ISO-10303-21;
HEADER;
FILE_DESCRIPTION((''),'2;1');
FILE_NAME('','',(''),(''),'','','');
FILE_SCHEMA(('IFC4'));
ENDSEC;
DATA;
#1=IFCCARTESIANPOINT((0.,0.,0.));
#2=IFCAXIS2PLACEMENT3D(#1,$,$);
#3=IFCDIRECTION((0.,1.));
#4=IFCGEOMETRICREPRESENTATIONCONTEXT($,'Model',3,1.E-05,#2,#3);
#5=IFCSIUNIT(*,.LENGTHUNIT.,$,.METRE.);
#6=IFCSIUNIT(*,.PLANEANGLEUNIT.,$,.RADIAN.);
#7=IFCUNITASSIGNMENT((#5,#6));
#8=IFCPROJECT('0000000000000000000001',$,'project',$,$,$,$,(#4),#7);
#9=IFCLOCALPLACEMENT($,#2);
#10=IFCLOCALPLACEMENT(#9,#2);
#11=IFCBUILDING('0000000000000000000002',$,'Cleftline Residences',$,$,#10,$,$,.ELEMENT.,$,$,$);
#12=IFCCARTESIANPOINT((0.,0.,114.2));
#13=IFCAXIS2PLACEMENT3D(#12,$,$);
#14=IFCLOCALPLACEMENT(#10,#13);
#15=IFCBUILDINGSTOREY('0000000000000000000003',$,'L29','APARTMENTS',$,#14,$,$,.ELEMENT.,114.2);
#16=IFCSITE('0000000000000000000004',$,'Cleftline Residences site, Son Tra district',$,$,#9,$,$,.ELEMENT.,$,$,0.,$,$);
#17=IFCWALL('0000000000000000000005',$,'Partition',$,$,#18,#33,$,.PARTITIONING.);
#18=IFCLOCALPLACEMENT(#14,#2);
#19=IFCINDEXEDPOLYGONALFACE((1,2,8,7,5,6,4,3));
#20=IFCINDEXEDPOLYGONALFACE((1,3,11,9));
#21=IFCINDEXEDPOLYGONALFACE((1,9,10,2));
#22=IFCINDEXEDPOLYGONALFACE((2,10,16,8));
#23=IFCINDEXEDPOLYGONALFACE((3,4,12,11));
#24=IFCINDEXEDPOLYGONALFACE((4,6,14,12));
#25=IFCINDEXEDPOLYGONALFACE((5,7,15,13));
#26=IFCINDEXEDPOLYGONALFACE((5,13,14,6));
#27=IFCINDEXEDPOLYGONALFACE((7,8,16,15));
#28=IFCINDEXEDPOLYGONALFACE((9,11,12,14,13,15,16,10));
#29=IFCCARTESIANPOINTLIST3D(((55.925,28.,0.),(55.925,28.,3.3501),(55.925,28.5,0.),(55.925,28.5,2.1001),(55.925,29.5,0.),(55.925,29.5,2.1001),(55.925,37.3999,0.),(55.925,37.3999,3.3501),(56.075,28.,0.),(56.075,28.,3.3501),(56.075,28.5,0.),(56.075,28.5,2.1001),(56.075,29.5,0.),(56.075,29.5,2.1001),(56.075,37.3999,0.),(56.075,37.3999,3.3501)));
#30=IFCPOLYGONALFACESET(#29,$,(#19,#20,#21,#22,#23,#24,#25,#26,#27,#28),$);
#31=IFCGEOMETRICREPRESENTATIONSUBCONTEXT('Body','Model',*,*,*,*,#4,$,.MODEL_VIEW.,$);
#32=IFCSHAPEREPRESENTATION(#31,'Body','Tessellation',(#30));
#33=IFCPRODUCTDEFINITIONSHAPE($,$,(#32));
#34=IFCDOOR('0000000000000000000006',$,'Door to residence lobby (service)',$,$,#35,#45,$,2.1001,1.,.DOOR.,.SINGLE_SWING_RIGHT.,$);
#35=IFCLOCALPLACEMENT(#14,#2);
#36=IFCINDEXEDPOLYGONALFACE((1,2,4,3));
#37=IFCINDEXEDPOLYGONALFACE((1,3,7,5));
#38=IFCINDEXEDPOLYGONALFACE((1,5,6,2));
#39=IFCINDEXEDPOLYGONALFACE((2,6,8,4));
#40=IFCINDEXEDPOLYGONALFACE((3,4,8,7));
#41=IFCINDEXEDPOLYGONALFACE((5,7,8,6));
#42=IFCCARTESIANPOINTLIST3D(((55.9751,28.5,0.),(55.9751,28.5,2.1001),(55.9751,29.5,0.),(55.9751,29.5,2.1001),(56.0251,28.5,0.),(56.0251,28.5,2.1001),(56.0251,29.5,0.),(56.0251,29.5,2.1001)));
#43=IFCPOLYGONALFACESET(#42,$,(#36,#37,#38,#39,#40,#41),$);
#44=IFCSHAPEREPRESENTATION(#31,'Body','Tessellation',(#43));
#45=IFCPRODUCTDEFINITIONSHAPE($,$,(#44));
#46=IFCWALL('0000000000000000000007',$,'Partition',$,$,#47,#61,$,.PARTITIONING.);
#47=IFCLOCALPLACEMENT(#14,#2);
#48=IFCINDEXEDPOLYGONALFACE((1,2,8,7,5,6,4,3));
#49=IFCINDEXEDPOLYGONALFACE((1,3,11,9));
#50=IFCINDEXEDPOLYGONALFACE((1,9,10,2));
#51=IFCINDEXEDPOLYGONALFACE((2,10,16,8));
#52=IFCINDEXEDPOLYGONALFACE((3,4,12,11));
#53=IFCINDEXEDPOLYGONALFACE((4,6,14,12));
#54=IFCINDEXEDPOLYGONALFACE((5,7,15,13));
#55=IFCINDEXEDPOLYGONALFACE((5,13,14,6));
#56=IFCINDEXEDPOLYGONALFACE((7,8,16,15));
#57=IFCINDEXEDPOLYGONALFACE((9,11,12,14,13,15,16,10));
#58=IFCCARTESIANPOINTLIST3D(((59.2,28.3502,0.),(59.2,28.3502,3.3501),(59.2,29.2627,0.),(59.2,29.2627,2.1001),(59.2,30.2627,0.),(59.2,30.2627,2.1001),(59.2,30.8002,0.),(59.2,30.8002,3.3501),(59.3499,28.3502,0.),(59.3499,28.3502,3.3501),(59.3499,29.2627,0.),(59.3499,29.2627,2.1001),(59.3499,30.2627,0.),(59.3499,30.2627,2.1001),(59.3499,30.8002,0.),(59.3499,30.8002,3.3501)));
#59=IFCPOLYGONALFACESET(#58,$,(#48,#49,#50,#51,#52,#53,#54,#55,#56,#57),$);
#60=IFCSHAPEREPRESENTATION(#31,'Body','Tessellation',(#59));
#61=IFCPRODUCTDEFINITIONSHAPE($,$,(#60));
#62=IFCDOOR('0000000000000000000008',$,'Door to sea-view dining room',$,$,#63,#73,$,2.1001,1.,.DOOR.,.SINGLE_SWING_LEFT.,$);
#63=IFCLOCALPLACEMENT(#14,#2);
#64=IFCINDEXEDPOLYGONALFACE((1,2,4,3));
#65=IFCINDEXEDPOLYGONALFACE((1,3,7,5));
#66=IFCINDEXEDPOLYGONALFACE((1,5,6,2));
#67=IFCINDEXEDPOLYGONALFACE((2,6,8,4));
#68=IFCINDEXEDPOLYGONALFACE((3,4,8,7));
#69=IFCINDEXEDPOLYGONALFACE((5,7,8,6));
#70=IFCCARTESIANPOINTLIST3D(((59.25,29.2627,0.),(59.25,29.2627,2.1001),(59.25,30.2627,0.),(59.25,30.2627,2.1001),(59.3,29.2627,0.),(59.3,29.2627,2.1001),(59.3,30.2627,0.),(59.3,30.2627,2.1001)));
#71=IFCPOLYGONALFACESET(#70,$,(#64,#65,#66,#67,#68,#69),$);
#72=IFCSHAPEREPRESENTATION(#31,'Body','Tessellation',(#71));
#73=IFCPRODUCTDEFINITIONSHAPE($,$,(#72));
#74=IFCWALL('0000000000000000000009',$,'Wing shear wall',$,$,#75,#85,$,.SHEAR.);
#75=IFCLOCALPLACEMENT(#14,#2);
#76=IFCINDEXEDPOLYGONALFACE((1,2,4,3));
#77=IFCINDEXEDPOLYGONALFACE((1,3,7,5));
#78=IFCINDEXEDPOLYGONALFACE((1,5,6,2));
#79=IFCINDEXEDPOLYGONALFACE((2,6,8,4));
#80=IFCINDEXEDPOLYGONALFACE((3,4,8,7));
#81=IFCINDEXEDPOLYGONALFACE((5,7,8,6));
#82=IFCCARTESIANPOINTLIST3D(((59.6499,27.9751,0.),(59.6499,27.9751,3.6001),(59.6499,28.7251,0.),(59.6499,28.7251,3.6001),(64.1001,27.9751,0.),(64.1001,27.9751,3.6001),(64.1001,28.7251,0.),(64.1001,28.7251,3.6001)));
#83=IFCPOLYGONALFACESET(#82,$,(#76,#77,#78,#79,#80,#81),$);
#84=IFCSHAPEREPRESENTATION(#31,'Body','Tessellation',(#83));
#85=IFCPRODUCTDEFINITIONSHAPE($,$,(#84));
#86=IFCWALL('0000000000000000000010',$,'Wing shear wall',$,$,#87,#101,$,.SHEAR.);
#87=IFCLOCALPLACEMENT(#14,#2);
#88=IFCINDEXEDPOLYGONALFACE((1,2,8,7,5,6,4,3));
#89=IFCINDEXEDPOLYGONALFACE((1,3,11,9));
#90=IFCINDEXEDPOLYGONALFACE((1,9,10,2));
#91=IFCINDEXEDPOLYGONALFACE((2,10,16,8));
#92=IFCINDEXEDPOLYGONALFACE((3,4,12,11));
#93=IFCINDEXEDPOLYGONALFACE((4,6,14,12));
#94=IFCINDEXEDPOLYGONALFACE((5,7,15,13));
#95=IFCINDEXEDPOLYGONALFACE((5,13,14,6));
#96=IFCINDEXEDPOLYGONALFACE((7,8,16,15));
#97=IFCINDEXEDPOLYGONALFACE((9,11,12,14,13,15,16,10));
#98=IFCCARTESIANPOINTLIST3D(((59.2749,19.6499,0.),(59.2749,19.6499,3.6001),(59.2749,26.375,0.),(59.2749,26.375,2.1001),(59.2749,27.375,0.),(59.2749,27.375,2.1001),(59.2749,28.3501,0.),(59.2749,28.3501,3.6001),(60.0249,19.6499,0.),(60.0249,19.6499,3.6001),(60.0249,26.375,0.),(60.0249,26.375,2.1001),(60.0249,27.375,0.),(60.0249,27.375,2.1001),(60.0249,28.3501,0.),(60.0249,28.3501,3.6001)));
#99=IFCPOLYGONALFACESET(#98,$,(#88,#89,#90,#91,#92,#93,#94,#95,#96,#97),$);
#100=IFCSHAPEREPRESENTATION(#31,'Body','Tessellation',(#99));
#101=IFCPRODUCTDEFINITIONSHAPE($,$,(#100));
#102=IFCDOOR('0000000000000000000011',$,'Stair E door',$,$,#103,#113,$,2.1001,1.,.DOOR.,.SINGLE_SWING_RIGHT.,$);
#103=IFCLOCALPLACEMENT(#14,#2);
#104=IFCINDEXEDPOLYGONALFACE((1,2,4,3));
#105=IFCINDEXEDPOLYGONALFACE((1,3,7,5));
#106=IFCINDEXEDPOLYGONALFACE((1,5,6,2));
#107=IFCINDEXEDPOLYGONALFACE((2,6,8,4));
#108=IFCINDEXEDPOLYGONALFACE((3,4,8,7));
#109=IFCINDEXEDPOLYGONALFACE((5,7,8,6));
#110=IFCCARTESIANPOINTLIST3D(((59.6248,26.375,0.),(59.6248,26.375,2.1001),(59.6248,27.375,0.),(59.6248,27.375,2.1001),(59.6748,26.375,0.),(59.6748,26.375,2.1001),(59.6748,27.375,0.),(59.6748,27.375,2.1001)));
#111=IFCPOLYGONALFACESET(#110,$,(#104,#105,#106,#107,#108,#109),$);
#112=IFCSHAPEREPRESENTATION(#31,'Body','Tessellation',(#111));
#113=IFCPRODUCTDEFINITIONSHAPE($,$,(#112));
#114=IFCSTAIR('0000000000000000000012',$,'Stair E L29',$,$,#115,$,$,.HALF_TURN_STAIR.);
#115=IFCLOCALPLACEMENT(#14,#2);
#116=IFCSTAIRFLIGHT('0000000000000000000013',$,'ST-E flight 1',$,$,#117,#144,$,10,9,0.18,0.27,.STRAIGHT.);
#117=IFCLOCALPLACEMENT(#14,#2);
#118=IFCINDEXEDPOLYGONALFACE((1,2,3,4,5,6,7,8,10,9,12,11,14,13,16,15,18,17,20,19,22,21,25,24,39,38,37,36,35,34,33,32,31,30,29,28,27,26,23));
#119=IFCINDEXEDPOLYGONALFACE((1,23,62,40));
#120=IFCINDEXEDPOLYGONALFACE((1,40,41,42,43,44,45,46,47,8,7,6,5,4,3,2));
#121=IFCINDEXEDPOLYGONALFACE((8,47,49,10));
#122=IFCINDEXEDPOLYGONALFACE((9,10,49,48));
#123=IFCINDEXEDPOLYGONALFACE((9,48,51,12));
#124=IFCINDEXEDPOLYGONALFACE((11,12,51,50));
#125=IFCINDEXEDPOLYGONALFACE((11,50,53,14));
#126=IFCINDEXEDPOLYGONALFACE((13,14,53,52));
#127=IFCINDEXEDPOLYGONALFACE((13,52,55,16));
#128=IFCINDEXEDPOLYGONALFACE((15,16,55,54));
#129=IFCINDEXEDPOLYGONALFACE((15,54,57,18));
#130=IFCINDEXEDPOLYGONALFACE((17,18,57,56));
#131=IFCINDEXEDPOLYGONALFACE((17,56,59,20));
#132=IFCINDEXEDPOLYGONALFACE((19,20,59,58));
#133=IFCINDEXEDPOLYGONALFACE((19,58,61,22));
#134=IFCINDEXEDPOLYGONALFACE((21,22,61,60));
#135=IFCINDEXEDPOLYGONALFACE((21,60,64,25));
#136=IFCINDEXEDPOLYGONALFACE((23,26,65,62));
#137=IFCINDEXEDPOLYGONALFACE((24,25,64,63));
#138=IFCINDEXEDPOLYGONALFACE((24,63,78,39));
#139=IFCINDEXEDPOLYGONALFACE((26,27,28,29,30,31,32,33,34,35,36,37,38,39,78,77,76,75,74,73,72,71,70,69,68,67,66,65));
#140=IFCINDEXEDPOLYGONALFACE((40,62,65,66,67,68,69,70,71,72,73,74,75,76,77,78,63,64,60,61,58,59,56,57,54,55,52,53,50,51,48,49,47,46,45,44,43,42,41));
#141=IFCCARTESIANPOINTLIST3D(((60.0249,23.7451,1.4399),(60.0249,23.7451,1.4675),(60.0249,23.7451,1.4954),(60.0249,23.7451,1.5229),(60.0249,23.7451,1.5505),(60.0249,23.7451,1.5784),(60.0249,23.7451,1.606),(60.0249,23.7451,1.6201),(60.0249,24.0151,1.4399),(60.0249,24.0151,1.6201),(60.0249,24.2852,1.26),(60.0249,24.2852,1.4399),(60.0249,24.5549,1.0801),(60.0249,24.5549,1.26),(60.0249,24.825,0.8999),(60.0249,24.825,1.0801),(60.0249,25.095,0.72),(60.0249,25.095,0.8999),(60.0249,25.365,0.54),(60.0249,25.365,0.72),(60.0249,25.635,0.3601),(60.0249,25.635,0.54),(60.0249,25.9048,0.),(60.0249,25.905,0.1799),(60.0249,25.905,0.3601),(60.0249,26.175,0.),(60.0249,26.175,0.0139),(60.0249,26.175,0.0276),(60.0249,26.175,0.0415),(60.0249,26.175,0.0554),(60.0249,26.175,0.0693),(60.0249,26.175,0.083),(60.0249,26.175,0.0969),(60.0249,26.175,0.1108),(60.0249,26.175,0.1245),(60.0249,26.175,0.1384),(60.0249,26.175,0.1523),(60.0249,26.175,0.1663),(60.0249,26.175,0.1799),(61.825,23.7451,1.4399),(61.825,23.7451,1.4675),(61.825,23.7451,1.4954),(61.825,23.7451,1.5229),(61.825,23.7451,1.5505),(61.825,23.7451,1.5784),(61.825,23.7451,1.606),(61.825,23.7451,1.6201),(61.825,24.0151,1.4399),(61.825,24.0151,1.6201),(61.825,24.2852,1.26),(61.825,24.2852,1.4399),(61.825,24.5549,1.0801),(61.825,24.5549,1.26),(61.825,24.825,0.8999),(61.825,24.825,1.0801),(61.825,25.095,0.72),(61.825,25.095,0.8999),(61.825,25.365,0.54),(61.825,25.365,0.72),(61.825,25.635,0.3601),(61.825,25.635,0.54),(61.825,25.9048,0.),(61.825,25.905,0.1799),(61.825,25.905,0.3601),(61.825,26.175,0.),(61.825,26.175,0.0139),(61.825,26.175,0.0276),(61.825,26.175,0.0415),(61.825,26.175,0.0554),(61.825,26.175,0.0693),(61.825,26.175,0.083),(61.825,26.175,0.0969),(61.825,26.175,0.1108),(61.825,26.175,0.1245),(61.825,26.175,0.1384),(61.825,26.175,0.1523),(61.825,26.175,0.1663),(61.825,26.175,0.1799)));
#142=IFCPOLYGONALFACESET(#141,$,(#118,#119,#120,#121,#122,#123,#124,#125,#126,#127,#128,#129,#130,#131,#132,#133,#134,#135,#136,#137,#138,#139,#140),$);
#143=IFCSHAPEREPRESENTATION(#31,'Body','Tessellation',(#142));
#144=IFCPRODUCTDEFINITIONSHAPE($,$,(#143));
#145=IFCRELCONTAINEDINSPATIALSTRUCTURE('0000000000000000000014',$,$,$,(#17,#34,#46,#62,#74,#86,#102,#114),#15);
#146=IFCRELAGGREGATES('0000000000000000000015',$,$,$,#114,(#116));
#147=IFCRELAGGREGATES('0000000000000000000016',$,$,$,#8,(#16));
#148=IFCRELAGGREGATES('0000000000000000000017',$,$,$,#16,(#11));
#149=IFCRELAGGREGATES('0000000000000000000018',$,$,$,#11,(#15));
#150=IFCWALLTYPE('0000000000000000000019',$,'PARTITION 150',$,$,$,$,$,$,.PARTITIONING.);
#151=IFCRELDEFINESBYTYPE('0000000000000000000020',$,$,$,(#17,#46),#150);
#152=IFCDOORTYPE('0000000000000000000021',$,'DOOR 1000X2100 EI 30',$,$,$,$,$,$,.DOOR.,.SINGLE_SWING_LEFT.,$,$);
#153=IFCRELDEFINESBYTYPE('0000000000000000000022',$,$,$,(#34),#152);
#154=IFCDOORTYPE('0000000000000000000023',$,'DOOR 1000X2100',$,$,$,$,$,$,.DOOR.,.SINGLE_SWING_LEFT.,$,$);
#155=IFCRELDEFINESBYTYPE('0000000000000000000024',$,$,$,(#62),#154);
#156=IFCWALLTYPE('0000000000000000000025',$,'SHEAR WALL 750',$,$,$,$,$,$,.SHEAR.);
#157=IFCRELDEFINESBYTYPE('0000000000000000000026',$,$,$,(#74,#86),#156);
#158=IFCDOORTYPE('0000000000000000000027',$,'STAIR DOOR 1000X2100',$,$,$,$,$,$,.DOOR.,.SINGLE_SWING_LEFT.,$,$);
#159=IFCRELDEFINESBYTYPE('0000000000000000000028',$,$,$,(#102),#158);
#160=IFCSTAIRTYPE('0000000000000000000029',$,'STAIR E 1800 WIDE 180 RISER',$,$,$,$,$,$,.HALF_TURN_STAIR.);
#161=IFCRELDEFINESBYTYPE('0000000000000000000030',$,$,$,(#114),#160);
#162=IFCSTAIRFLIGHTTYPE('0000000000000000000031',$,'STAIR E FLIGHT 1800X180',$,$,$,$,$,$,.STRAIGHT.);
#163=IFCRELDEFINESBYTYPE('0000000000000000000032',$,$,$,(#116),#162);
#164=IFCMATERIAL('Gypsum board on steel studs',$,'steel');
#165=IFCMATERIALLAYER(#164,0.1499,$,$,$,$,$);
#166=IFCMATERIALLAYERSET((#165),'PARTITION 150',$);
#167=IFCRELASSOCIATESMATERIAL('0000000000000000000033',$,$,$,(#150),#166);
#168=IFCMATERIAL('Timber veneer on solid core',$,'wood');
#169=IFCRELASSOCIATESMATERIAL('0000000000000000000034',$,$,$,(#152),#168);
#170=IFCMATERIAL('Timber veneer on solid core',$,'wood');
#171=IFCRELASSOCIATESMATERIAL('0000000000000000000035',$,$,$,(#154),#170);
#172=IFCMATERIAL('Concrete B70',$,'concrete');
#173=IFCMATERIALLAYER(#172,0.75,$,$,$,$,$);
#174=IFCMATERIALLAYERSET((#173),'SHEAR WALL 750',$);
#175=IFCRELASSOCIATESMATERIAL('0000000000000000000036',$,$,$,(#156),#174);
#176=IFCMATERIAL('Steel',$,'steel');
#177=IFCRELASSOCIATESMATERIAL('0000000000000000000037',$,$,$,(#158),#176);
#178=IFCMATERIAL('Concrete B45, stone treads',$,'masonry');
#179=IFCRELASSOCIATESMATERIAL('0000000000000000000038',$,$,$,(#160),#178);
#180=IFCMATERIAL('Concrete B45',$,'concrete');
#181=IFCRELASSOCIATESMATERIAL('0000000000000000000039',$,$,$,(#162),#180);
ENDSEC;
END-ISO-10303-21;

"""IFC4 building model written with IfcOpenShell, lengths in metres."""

from ifc_helpers import new_model, si_unit, direction, frame, frame_2d, origin, place, context, subcontext, project, spatial, polyline, rectangle, outline, extrude, material, layer, layer_set, type_object, element, fill, aggregate, save


model = new_model("IFC4")

# Units and contexts
model_context = context("Model", 3, precision=1e-05, world=origin(), true_north=direction((0.0, 1.0)))
body_context = subcontext(model_context, "Body", "Model", "MODEL_VIEW")
ifc_project = project(units=[si_unit("LENGTHUNIT", "METRE"), si_unit("PLANEANGLEUNIT", "RADIAN")], contexts=[model_context])

# Site, building, storey
site_placement = place(None, origin())
site = spatial("IfcSite", under=ifc_project, at=site_placement, Name="Cleftline Residences site, Son Tra district", CompositionType="ELEMENT", RefElevation=0.0)
building_placement = place(site_placement, origin())
building = spatial("IfcBuilding", under=site, at=building_placement, Name="Cleftline Residences", CompositionType="ELEMENT")
storey_placement = place(building_placement, frame((0.0, 0.0, 114.2)))
storey = spatial("IfcBuildingStorey", under=building, at=storey_placement, Name="L29", Description="APARTMENTS", CompositionType="ELEMENT", Elevation=114.2)

# Shared definitions
ifc_material_1 = material(Name="Gypsum board on steel studs", Category="steel")
ifc_layer_1 = layer(ifc_material_1, 0.1499)
ifc_layer_set_1 = layer_set([ifc_layer_1], Name="PARTITION 150")
wall_type_1 = type_object("IfcWallType", Name="PARTITION 150", PredefinedType="PARTITIONING", material=ifc_layer_set_1)

# Walls, openings, doors
wall_1_placement = place(storey_placement, frame((56.0, 28.0, 0.0), z_axis=(0.0, 0.0, 1.0), x_axis=(0.0, 1.0, 0.0)))
wall_1 = element("IfcWall", 1, at=wall_1_placement, inside=storey, type_object=wall_type_1, Name="Partition", PredefinedType="PARTITIONING", context=body_context, shape_type="SweptSolid", body=[
    extrude(rectangle(XDim=9.3999, YDim=0.1499, at=frame_2d((4.7, 0.0))), origin(), (0.0, 0.0, 1.0), 3.3501),
])
opening_1_placement = place(wall_1_placement, frame((0.5, 0.0, 0.0)))
opening_1 = element("IfcOpeningElement", 2, at=opening_1_placement, cuts=wall_1, PredefinedType="OPENING", context=body_context, shape_type="SweptSolid", body=[
    extrude(rectangle(XDim=1.0, YDim=2.1001, at=frame_2d((0.5, 1.05))), frame((0.0, 0.085, 0.0), z_axis=(0.0, -1.0, 0.0), x_axis=(1.0, 0.0, 0.0)), (0.0, 0.0, 1.0), 0.1699),
])
ifc_material_2 = material(Name="Timber veneer on solid core", Category="wood")
door_type_1 = type_object("IfcDoorType", Name="DOOR 1000X2100 EI 30", OperationType="SINGLE_SWING_LEFT", PredefinedType="DOOR", material=ifc_material_2)
door_1_placement = place(opening_1_placement, origin())
door_1 = element("IfcDoor", 3, at=door_1_placement, inside=storey, type_object=door_type_1, Name="Door to residence lobby (service)", OperationType="SINGLE_SWING_RIGHT", OverallHeight=2.1001, OverallWidth=1.0, PredefinedType="DOOR", context=body_context, shape_type="SweptSolid", body=[
    extrude(rectangle(XDim=1.0, YDim=2.1001, at=frame_2d((0.5, 1.05))), frame((0.0, 0.0249, 0.0), z_axis=(0.0, -1.0, 0.0), x_axis=(1.0, 0.0, 0.0)), (0.0, 0.0, 1.0), 0.05),
])
fill(opening_1, door_1)
wall_2_placement = place(storey_placement, frame((59.2749, 28.3501, 0.0), z_axis=(0.0, 0.0, 1.0), x_axis=(0.0, 1.0, 0.0)))
wall_2 = element("IfcWall", 4, at=wall_2_placement, inside=storey, type_object=wall_type_1, Name="Partition", PredefinedType="PARTITIONING", context=body_context, shape_type="SweptSolid", body=[
    extrude(rectangle(XDim=2.45, YDim=0.1499, at=frame_2d((1.2251, 0.0))), origin(), (0.0, 0.0, 1.0), 3.3501),
])
opening_2_placement = place(wall_2_placement, frame((0.9126, 0.0, 0.0)))
opening_2 = element("IfcOpeningElement", 5, at=opening_2_placement, cuts=wall_2, PredefinedType="OPENING", context=body_context, shape_type="SweptSolid", body=[
    extrude(rectangle(XDim=1.0, YDim=2.1001, at=frame_2d((0.5, 1.05))), frame((0.0, 0.085, 0.0), z_axis=(0.0, -1.0, 0.0), x_axis=(1.0, 0.0, 0.0)), (0.0, 0.0, 1.0), 0.1699),
])
ifc_material_3 = material(Name="Timber veneer on solid core", Category="wood")
door_type_2 = type_object("IfcDoorType", Name="DOOR 1000X2100", OperationType="SINGLE_SWING_LEFT", PredefinedType="DOOR", material=ifc_material_3)
door_2_placement = place(opening_2_placement, origin())
door_2 = element("IfcDoor", 6, at=door_2_placement, inside=storey, type_object=door_type_2, Name="Door to sea-view dining room", OperationType="SINGLE_SWING_LEFT", OverallHeight=2.1001, OverallWidth=1.0, PredefinedType="DOOR", context=body_context, shape_type="SweptSolid", body=[
    extrude(rectangle(XDim=1.0, YDim=2.1001, at=frame_2d((0.5, 1.05))), frame((0.0, 0.0249, 0.0), z_axis=(0.0, -1.0, 0.0), x_axis=(1.0, 0.0, 0.0)), (0.0, 0.0, 1.0), 0.05),
])
fill(opening_2, door_2)

# Wall
ifc_material_4 = material(Name="Concrete B70", Category="concrete")
ifc_layer_2 = layer(ifc_material_4, 0.75)
ifc_layer_set_2 = layer_set([ifc_layer_2], Name="SHEAR WALL 750")
wall_type_2 = type_object("IfcWallType", Name="SHEAR WALL 750", PredefinedType="SHEAR", material=ifc_layer_set_2)
wall_3_placement = place(storey_placement, frame((64.1001, 28.3501, 0.0), z_axis=(0.0, 0.0, 1.0), x_axis=(-1.0, 0.0, 0.0)))
element("IfcWall", 7, at=wall_3_placement, inside=storey, type_object=wall_type_2, Name="Wing shear wall", PredefinedType="SHEAR", context=body_context, shape_type="SweptSolid", body=[
    extrude(rectangle(XDim=4.4502, YDim=0.75, at=frame_2d((2.2251, 0.0))), origin(), (0.0, 0.0, 1.0), 3.6001),
])

# Wall, opening, door
wall_4_placement = place(storey_placement, frame((59.6499, 28.3501, 0.0), z_axis=(0.0, 0.0, 1.0), x_axis=(0.0, -1.0, 0.0)))
wall_4 = element("IfcWall", 8, at=wall_4_placement, inside=storey, type_object=wall_type_2, Name="Wing shear wall", PredefinedType="SHEAR", context=body_context, shape_type="SweptSolid", body=[
    extrude(rectangle(XDim=8.7002, YDim=0.75, at=frame_2d((4.3501, 0.0))), origin(), (0.0, 0.0, 1.0), 3.6001),
])
opening_3_placement = place(wall_4_placement, frame((0.9751, 0.0, 0.0)))
opening_3 = element("IfcOpeningElement", 9, at=opening_3_placement, cuts=wall_4, PredefinedType="OPENING", context=body_context, shape_type="SweptSolid", body=[
    extrude(rectangle(XDim=1.0, YDim=2.1001, at=frame_2d((0.5, 1.05))), frame((0.0, 0.385, 0.0), z_axis=(0.0, -1.0, 0.0), x_axis=(1.0, 0.0, 0.0)), (0.0, 0.0, 1.0), 0.77),
])
ifc_material_5 = material(Name="Steel", Category="steel")
door_type_3 = type_object("IfcDoorType", Name="STAIR DOOR 1000X2100", OperationType="SINGLE_SWING_LEFT", PredefinedType="DOOR", material=ifc_material_5)
door_3_placement = place(opening_3_placement, origin())
door_3 = element("IfcDoor", 10, at=door_3_placement, inside=storey, type_object=door_type_3, Name="Stair E door", OperationType="SINGLE_SWING_RIGHT", OverallHeight=2.1001, OverallWidth=1.0, PredefinedType="DOOR", context=body_context, shape_type="SweptSolid", body=[
    extrude(rectangle(XDim=1.0, YDim=2.1001, at=frame_2d((0.5, 1.05))), frame((0.0, 0.0249, 0.0), z_axis=(0.0, -1.0, 0.0), x_axis=(1.0, 0.0, 0.0)), (0.0, 0.0, 1.0), 0.05),
])
fill(opening_3, door_3)

# Stair, stair flight
ifc_material_6 = material(Name="Concrete B45, stone treads", Category="masonry")
stair_type = type_object("IfcStairType", Name="STAIR E 1800 WIDE 180 RISER", PredefinedType="HALF_TURN_STAIR", material=ifc_material_6)
stair_placement = place(storey_placement, origin())
stair = element("IfcStair", 11, at=stair_placement, inside=storey, type_object=stair_type, Name="Stair E L29", PredefinedType="HALF_TURN_STAIR")
ifc_material_7 = material(Name="Concrete B45", Category="concrete")
stair_flight_type = type_object("IfcStairFlightType", Name="STAIR E FLIGHT 1800X180", PredefinedType="STRAIGHT", material=ifc_material_7)
stair_flight_placement = place(storey_placement, frame((60.925, 26.175, 0.0), z_axis=(0.0, 0.0, 1.0), x_axis=(0.0, -1.0, 0.0)))
stair_flight = element("IfcStairFlight", 12, at=stair_flight_placement, type_object=stair_flight_type, Name="ST-E flight 1", NumberOfRisers=10, NumberOfTreads=9, PredefinedType="STRAIGHT", RiserHeight=0.18, TreadLength=0.27, context=body_context, shape_type="SweptSolid", body=[
    extrude(outline(polyline([(0.0, 0.0), (0.0, 0.0139), (0.0, 0.0276), (0.0, 0.0415), (0.0, 0.0554), (0.0, 0.0693), (0.0, 0.083), (0.0, 0.0969), (0.0, 0.1108), (0.0, 0.1245), (0.0, 0.1384), (0.0, 0.1523), (0.0, 0.1663), (0.0, 0.1799), (0.27, 0.1799), (0.27, 0.3601), (0.54, 0.3601), (0.54, 0.54), (0.8101, 0.54), (0.8101, 0.72), (1.0801, 0.72), (1.0801, 0.8999), (1.3501, 0.8999), (1.3501, 1.0801), (1.6201, 1.0801), (1.6201, 1.26), (1.8899, 1.26), (1.8899, 1.4399), (2.1599, 1.4399), (2.1599, 1.6201), (2.4299, 1.6201), (2.4299, 1.8), (2.4299, 1.7722), (2.4299, 1.7446), (2.4299, 1.7168), (2.4299, 1.6892), (2.4299, 1.6614), (2.4299, 1.6338), (2.4299, 1.606), (2.4299, 1.5784), (2.4299, 1.5505), (2.4299, 1.5229), (2.4299, 1.4954), (2.4299, 1.4675), (2.4299, 1.4399), (0.2703, 0.0), (0.0, 0.0)])), frame((0.0, 0.8999, 0.0), z_axis=(0.0, -1.0, 0.0), x_axis=(1.0, 0.0, 0.0)), (0.0, 0.0, 1.0), 1.8),
])
aggregate(stair, [stair_flight])

save(model, "model.ifc")
